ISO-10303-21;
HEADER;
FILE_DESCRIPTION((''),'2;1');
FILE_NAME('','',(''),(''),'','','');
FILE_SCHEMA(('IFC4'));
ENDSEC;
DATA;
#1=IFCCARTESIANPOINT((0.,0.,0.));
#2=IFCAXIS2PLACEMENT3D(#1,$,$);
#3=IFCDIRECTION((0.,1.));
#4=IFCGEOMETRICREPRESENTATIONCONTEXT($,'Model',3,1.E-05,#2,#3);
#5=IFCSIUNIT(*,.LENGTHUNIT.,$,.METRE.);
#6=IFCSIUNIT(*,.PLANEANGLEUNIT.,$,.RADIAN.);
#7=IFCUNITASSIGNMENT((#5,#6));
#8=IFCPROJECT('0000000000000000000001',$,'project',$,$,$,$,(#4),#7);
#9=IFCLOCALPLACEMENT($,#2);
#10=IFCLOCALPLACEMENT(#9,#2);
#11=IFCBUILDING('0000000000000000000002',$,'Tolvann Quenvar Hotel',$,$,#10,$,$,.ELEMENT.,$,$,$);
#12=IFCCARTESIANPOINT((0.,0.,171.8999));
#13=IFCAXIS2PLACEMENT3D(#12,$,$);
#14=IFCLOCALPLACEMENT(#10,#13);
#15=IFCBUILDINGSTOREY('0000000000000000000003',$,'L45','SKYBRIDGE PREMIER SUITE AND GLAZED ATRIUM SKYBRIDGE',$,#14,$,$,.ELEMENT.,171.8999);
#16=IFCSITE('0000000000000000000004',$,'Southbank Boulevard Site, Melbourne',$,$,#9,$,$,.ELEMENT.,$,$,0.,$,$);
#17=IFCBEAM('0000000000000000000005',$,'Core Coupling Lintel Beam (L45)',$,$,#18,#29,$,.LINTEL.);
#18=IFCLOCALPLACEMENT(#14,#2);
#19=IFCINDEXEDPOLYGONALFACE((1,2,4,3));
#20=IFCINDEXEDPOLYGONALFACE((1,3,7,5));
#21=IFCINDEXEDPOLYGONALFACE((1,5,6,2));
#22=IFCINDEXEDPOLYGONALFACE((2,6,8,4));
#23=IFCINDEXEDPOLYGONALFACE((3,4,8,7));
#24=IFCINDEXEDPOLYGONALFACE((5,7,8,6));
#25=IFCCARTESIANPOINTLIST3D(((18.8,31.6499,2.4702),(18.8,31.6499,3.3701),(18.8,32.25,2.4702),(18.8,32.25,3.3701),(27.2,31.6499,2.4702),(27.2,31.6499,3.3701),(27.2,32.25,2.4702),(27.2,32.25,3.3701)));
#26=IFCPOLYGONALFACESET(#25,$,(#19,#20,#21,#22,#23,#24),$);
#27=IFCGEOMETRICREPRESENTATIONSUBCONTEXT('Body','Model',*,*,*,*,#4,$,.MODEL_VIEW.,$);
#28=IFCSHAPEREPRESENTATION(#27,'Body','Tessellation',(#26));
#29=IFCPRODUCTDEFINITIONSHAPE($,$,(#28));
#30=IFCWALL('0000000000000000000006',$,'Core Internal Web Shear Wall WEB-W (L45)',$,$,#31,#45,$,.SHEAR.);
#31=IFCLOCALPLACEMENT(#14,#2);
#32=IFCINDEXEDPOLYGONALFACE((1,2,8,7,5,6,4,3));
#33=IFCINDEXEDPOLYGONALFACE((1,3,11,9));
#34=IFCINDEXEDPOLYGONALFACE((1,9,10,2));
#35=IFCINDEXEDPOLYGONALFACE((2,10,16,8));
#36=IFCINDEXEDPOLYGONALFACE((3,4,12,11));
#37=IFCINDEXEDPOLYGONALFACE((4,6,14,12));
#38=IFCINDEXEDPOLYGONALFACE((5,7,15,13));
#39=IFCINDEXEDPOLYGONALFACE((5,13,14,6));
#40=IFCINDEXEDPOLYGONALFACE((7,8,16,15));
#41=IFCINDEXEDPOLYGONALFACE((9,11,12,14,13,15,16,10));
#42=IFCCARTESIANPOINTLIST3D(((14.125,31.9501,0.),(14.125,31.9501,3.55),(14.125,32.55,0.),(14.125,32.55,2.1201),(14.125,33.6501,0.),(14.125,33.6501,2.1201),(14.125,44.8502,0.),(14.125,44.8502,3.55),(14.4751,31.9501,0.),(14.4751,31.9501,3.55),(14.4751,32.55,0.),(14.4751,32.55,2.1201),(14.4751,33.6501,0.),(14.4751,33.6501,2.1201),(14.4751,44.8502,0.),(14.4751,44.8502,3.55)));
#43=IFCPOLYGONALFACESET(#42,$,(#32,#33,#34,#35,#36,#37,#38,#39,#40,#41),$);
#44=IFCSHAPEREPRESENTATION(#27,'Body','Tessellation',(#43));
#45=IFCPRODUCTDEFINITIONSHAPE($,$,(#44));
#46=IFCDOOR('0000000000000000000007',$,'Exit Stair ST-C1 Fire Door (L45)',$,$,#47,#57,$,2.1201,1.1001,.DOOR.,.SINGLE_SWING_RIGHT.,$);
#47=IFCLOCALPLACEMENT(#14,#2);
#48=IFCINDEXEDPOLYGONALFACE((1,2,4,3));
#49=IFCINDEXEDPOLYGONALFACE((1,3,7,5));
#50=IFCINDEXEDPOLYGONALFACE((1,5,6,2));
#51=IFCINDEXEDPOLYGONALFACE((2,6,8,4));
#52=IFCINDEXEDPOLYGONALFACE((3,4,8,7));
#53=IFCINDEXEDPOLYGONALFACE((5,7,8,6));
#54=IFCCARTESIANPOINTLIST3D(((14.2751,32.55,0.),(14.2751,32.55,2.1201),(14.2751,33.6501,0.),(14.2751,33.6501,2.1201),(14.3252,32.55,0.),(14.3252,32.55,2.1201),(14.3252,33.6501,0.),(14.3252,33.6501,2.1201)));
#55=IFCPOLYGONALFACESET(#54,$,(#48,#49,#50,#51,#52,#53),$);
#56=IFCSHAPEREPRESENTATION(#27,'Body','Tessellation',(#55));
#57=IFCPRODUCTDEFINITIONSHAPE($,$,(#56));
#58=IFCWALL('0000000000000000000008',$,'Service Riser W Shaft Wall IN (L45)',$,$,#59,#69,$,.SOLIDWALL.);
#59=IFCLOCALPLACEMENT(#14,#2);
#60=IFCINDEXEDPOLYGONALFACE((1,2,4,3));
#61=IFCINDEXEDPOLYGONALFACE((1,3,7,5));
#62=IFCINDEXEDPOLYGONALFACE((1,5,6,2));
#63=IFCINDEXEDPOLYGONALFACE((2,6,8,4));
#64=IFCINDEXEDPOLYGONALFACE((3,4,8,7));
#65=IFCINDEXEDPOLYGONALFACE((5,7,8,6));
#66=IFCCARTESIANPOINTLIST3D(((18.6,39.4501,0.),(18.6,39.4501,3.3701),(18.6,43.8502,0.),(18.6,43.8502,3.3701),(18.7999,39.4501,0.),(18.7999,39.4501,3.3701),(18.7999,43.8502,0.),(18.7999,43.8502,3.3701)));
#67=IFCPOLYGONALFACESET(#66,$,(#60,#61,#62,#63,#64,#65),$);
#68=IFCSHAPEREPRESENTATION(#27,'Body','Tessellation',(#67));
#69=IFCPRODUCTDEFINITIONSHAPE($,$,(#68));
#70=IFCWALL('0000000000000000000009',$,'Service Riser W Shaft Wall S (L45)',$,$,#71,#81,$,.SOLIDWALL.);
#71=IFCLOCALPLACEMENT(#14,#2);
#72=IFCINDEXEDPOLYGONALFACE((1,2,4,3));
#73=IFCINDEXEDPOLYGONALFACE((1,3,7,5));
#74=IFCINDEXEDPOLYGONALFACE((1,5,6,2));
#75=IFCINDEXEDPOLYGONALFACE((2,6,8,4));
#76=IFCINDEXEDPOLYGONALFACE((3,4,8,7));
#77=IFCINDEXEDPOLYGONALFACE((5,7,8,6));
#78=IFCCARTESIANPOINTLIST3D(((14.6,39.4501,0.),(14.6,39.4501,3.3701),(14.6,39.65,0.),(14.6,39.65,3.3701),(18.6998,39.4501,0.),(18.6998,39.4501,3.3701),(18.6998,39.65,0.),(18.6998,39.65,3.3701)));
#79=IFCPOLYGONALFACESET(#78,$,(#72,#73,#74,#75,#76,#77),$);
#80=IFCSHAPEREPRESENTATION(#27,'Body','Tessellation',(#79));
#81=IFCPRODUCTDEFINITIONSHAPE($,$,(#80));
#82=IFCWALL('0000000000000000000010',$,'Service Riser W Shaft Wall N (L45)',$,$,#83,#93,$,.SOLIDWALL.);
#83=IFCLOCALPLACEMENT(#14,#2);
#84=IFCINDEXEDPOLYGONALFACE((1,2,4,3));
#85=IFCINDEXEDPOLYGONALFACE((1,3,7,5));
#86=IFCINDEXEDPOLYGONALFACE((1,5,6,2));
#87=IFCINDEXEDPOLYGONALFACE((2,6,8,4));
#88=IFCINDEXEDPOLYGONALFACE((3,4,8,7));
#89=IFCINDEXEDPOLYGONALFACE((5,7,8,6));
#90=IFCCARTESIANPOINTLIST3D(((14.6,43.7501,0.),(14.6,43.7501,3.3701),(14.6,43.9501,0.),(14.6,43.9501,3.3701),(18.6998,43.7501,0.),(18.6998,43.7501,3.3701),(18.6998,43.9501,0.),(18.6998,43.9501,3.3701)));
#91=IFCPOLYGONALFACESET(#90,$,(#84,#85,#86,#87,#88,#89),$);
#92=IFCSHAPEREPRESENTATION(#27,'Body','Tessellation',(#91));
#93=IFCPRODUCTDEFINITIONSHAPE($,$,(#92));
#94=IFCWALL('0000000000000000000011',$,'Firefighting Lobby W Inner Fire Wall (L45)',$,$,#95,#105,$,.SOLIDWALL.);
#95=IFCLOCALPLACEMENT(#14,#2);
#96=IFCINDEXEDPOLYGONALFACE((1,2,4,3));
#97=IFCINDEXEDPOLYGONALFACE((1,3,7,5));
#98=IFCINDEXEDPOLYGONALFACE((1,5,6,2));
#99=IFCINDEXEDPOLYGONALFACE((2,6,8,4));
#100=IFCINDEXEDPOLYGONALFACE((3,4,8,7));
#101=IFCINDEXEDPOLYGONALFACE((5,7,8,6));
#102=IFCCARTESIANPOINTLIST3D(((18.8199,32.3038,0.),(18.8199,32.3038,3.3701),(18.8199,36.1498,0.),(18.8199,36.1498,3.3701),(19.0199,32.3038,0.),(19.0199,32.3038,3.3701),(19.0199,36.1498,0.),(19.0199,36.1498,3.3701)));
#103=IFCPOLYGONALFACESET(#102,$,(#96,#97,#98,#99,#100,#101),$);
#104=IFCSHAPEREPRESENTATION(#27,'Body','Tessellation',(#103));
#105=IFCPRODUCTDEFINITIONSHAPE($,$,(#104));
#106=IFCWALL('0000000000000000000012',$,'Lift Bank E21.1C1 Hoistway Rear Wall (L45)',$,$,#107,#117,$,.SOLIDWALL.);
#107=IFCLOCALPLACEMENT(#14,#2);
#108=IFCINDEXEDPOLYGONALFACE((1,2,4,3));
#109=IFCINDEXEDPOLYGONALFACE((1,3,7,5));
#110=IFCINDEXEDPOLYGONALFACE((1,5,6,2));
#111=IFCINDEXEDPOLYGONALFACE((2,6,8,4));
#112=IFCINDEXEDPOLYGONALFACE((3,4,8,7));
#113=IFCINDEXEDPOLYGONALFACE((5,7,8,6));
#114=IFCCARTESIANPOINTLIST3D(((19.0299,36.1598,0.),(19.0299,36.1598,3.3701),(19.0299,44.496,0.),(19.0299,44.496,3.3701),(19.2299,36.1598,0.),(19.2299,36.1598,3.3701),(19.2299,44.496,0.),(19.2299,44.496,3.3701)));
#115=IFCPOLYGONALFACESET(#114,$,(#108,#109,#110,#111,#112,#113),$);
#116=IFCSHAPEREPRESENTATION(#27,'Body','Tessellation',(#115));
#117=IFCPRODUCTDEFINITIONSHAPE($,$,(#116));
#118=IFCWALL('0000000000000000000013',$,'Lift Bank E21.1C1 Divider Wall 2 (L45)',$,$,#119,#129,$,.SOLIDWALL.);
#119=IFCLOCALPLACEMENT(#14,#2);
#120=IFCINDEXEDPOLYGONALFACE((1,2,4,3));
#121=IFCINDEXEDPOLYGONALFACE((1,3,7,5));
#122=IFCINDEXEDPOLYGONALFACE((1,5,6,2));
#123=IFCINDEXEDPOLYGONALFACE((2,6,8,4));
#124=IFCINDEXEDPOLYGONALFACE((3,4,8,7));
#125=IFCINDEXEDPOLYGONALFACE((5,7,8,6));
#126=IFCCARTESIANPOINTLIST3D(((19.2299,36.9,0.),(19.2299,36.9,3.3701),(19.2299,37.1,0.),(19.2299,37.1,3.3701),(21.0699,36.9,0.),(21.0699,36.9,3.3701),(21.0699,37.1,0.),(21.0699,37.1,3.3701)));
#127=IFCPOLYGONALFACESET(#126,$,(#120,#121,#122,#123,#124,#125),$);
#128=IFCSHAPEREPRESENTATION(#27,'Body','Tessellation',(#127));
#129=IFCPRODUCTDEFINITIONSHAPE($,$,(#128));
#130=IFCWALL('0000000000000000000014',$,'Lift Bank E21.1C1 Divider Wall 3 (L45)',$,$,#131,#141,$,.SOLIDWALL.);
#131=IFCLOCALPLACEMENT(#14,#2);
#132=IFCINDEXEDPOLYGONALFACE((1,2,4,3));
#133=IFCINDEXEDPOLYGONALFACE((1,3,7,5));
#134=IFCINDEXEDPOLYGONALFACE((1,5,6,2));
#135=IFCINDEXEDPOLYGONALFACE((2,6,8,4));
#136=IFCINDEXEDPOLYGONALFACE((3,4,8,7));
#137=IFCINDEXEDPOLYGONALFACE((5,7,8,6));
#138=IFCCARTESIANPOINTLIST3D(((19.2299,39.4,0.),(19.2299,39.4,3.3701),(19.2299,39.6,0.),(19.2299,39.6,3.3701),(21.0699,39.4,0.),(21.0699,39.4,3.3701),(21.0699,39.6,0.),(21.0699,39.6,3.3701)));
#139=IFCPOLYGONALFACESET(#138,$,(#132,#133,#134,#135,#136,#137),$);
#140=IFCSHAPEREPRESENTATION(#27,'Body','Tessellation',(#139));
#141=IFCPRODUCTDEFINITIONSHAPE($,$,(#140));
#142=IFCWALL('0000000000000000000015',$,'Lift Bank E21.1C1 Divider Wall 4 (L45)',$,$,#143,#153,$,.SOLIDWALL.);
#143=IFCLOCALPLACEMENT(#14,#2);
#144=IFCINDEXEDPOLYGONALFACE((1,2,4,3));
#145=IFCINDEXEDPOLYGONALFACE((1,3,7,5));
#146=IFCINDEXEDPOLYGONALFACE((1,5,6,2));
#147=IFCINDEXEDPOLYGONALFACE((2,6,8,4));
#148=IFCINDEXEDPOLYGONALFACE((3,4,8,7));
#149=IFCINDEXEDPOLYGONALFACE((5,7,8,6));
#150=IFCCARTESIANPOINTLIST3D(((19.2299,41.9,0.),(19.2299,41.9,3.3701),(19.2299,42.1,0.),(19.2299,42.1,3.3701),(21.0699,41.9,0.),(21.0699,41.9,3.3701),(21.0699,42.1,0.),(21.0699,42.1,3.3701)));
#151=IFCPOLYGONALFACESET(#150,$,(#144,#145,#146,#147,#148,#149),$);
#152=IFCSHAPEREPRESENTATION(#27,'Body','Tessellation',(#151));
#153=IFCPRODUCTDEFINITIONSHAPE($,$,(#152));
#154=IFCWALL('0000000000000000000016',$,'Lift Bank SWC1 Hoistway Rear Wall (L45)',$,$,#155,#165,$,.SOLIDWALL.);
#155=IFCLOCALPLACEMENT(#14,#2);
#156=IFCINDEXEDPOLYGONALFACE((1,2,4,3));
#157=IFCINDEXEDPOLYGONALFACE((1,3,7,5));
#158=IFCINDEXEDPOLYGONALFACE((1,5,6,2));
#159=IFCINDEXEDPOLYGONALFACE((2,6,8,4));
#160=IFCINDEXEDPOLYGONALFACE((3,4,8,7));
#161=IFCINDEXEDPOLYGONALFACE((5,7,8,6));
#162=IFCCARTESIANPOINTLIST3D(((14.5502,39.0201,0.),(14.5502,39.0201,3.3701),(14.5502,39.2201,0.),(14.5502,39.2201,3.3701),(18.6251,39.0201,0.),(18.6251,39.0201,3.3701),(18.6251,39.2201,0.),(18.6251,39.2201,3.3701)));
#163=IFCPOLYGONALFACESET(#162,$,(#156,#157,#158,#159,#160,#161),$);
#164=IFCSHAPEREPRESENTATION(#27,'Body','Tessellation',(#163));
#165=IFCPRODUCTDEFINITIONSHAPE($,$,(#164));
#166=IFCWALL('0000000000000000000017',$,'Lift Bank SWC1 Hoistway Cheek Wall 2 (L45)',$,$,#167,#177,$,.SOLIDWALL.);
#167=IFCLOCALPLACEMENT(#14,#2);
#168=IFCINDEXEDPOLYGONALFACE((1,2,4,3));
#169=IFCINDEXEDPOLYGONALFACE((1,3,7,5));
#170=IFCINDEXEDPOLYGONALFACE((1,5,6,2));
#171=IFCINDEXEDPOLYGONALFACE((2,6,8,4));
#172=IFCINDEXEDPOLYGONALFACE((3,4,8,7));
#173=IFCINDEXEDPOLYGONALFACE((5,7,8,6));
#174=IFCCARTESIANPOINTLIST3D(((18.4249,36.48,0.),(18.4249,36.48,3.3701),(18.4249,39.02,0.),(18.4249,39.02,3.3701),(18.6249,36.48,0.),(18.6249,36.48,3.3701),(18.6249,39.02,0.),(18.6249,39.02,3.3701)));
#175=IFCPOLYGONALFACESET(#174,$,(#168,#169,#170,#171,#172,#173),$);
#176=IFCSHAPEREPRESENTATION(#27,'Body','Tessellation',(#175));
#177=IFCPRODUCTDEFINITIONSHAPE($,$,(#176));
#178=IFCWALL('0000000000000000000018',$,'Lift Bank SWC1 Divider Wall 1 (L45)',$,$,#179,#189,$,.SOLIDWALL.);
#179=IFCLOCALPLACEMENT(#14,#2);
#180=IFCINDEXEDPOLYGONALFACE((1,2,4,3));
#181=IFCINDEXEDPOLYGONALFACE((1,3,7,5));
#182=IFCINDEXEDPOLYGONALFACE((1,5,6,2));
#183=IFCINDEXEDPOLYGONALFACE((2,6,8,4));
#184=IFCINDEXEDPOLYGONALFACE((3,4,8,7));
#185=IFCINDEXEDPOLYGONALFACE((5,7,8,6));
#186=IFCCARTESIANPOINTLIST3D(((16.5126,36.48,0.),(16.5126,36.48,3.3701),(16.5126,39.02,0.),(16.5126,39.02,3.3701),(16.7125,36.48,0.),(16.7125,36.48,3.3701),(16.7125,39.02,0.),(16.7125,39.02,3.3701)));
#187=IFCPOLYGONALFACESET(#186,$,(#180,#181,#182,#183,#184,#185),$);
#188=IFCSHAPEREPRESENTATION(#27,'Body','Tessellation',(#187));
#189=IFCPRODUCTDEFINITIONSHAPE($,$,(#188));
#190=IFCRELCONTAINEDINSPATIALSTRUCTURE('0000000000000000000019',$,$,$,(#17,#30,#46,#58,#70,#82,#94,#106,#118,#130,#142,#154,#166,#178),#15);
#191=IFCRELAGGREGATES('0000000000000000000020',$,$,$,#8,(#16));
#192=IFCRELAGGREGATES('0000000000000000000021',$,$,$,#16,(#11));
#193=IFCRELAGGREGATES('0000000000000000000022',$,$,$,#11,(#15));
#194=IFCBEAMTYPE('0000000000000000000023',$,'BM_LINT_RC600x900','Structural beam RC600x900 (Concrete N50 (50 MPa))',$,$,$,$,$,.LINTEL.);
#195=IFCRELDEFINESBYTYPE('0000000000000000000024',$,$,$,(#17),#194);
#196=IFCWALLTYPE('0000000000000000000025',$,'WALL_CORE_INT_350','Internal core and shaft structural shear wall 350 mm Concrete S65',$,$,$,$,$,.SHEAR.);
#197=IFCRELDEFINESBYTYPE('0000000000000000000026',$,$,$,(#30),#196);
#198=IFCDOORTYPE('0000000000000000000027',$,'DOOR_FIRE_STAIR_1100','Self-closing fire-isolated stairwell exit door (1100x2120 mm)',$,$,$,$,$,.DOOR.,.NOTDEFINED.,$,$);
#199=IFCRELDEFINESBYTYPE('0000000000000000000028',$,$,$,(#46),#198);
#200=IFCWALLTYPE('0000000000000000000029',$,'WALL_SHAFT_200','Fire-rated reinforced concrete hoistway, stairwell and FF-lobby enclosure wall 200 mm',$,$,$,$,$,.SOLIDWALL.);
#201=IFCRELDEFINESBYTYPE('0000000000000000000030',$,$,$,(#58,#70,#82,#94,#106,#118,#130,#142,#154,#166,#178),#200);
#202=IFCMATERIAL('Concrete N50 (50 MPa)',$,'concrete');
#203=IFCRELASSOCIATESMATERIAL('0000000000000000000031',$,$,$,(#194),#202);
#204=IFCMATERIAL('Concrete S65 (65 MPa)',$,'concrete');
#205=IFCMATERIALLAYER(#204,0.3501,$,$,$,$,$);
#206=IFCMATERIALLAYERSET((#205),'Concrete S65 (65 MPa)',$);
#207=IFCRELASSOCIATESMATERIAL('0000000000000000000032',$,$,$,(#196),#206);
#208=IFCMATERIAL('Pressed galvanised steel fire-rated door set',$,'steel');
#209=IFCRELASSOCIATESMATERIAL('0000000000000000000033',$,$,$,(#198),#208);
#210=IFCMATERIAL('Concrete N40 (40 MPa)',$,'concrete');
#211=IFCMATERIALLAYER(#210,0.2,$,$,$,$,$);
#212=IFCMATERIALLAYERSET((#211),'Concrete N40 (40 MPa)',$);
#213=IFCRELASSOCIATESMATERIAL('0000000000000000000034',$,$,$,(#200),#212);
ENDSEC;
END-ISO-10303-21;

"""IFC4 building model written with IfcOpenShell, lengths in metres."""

from ifc_helpers import new_model, si_unit, direction, frame, frame_2d, origin, origin_2d, place, context, subcontext, project, spatial, rectangle, extrude, source, transform, mapped, material, layer, layer_set, material_profile, profile_set, type_object, type_shapes, element, fill, save


model = new_model("IFC4")

# Units and contexts
model_context = context("Model", 3, precision=1e-05, world=origin(), true_north=direction((0.0, 1.0)))
body_context = subcontext(model_context, "Body", "Model", "MODEL_VIEW")
ifc_project = project(units=[si_unit("LENGTHUNIT", "METRE"), si_unit("PLANEANGLEUNIT", "RADIAN")], contexts=[model_context])

# Site, building, storey
site_placement = place(None, origin())
site = spatial("IfcSite", under=ifc_project, at=site_placement, Name="Southbank Boulevard Site, Melbourne", CompositionType="ELEMENT", RefElevation=0.0)
building_placement = place(site_placement, origin())
building = spatial("IfcBuilding", under=site, at=building_placement, Name="Tolvann Quenvar Hotel", CompositionType="ELEMENT")
storey_placement = place(building_placement, frame((0.0, 0.0, 171.8999)))
storey = spatial("IfcBuildingStorey", under=building, at=storey_placement, Name="L45", Description="SKYBRIDGE PREMIER SUITE AND GLAZED ATRIUM SKYBRIDGE", CompositionType="ELEMENT", Elevation=171.8999)

# Beam
ifc_material_1 = material(Name="Concrete N50 (50 MPa)", Category="concrete")
ifc_material_profile = material_profile(ifc_material_1, rectangle(XDim=0.6001, YDim=0.8999, at=origin_2d()), Name="RC600x900")
ifc_profile_set = profile_set([ifc_material_profile], Name="Concrete N50 (50 MPa)")
beam_type = type_object("IfcBeamType", Name="BM_LINT_RC600x900", Description="Structural beam RC600x900 (Concrete N50 (50 MPa))", PredefinedType="LINTEL", material=ifc_profile_set)
shared_shape_1 = source(origin(), body_context, "Body", "SweptSolid", [
    extrude(rectangle(XDim=0.6001, YDim=0.8999, at=origin_2d()), origin(), (0.0, 0.0, 1.0), 8.3999),
])
type_shapes(beam_type, [shared_shape_1])
beam_placement = place(storey_placement, frame((18.8, 31.95, 2.9202), z_axis=(1.0, 0.0, 0.0), x_axis=(0.0, 1.0, 0.0)))
element("IfcBeam", 1, at=beam_placement, inside=storey, type_object=beam_type, Name="Core Coupling Lintel Beam (L45)", PredefinedType="LINTEL", context=body_context, shape_type="MappedRepresentation", body=[
    mapped(shared_shape_1, transform((0.0, 0.0, 0.0), x_axis=(1.0, 0.0, 0.0), y_axis=(0.0, 1.0, 0.0), z_axis=(0.0, 0.0, 1.0), scale=1.0)),
])

# Wall, opening, door
ifc_material_2 = material(Name="Concrete S65 (65 MPa)", Category="concrete")
ifc_layer_1 = layer(ifc_material_2, 0.3501)
ifc_layer_set_1 = layer_set([ifc_layer_1], Name="Concrete S65 (65 MPa)")
wall_type_1 = type_object("IfcWallType", Name="WALL_CORE_INT_350", Description="Internal core and shaft structural shear wall 350 mm Concrete S65", PredefinedType="SHEAR", material=ifc_layer_set_1)
wall_1_placement = place(storey_placement, frame((14.3, 31.95, 0.0), z_axis=(0.0, 0.0, 1.0), x_axis=(0.0, 1.0, 0.0)))
wall_1 = element("IfcWall", 2, at=wall_1_placement, inside=storey, type_object=wall_type_1, Name="Core Internal Web Shear Wall WEB-W (L45)", PredefinedType="SHEAR", context=body_context, shape_type="SweptSolid", body=[
    extrude(rectangle(XDim=12.9001, YDim=0.3501, at=frame_2d((6.4502, 0.0))), origin(), (0.0, 0.0, 1.0), 3.55),
])
opening_1_placement = place(wall_1_placement, frame((0.6001, 0.0, 0.0)))
opening_1 = element("IfcOpeningElement", 3, at=opening_1_placement, cuts=wall_1, PredefinedType="OPENING", context=body_context, shape_type="SweptSolid", body=[
    extrude(rectangle(XDim=1.1001, YDim=2.1201, at=frame_2d((0.55, 1.0601))), frame((0.0, 0.1851, 0.0), z_axis=(0.0, -1.0, 0.0), x_axis=(1.0, 0.0, 0.0)), (0.0, 0.0, 1.0), 0.3701),
])
ifc_material_3 = material(Name="Pressed galvanised steel fire-rated door set", Category="steel")
door_type_1 = type_object("IfcDoorType", Name="DOOR_FIRE_STAIR_1100", Description="Self-closing fire-isolated stairwell exit door (1100x2120 mm)", OperationType="NOTDEFINED", PredefinedType="DOOR", material=ifc_material_3)
shared_shape_2 = source(origin(), body_context, "Body", "SweptSolid", [
    extrude(rectangle(XDim=1.1001, YDim=2.1201, at=frame_2d((0.55, 1.0601))), frame((0.0, 0.0249, 0.0), z_axis=(0.0, -1.0, 0.0), x_axis=(1.0, 0.0, 0.0)), (0.0, 0.0, 1.0), 0.05),
])
type_shapes(door_type_1, [shared_shape_2])
door_1_placement = place(opening_1_placement, origin())
door_1 = element("IfcDoor", 4, at=door_1_placement, inside=storey, type_object=door_type_1, Name="Exit Stair ST-C1 Fire Door (L45)", OperationType="SINGLE_SWING_RIGHT", OverallHeight=2.1201, OverallWidth=1.1001, PredefinedType="DOOR", context=body_context, shape_type="MappedRepresentation", body=[
    mapped(shared_shape_2, transform((0.0, 0.0, 0.0), x_axis=(1.0, 0.0, 0.0), y_axis=(0.0, 1.0, 0.0), z_axis=(0.0, 0.0, 1.0), scale=1.0)),
])
fill(opening_1, door_1)

# Walls
ifc_material_4 = material(Name="Concrete N40 (40 MPa)", Category="concrete")
ifc_layer_2 = layer(ifc_material_4, 0.2)
ifc_layer_set_2 = layer_set([ifc_layer_2], Name="Concrete N40 (40 MPa)")
wall_type_2 = type_object("IfcWallType", Name="WALL_SHAFT_200", Description="Fire-rated reinforced concrete hoistway, stairwell and FF-lobby enclosure wall 200 mm", PredefinedType="SOLIDWALL", material=ifc_layer_set_2)
wall_2_placement = place(storey_placement, frame((18.7, 39.45, 0.0), z_axis=(0.0, 0.0, 1.0), x_axis=(0.0, 1.0, 0.0)))
element("IfcWall", 5, at=wall_2_placement, inside=storey, type_object=wall_type_2, Name="Service Riser W Shaft Wall IN (L45)", PredefinedType="SOLIDWALL", context=body_context, shape_type="SweptSolid", body=[
    extrude(rectangle(XDim=4.4001, YDim=0.2, at=frame_2d((2.2002, 0.0))), origin(), (0.0, 0.0, 1.0), 3.3701),
])
for number, where, z_axis, x_axis, name in (
    (6, (14.6001, 39.55, 0.0), (0.0, 0.0, 1.0), (1.0, 0.0, 0.0), "Service Riser W Shaft Wall S (L45)"),
    (7, (14.6001, 43.8501, 0.0), (0.0, 0.0, 1.0), (1.0, 0.0, 0.0), "Service Riser W Shaft Wall N (L45)"),
):
    element("IfcWall", number, at=place(storey_placement, frame(where, z_axis=z_axis, x_axis=x_axis)), inside=storey, type_object=wall_type_2, Name=name, PredefinedType="SOLIDWALL", context=body_context, shape_type="SweptSolid", body=[
        extrude(rectangle(XDim=4.0999, YDim=0.2, at=frame_2d((2.0498, 0.0))), origin(), (0.0, 0.0, 1.0), 3.3701),
    ])
wall_3_placement = place(storey_placement, frame((18.9199, 32.304, 0.0), z_axis=(0.0, 0.0, 1.0), x_axis=(0.0, 1.0, 0.0)))
element("IfcWall", 8, at=wall_3_placement, inside=storey, type_object=wall_type_2, Name="Firefighting Lobby W Inner Fire Wall (L45)", PredefinedType="SOLIDWALL", context=body_context, shape_type="SweptSolid", body=[
    extrude(rectangle(XDim=3.8459, YDim=0.2, at=frame_2d((1.9229, 0.0))), origin(), (0.0, 0.0, 1.0), 3.3701),
])
wall_4_placement = place(storey_placement, frame((19.1299, 36.1599, 0.0), z_axis=(0.0, 0.0, 1.0), x_axis=(0.0, 1.0, 0.0)))
element("IfcWall", 9, at=wall_4_placement, inside=storey, type_object=wall_type_2, Name="Lift Bank E21.1C1 Hoistway Rear Wall (L45)", PredefinedType="SOLIDWALL", context=body_context, shape_type="SweptSolid", body=[
    extrude(rectangle(XDim=8.3362, YDim=0.2, at=frame_2d((4.168, 0.0))), origin(), (0.0, 0.0, 1.0), 3.3701),
])
for number, where, z_axis, x_axis, name in (
    (10, (19.23, 37.0, 0.0), (0.0, 0.0, 1.0), (1.0, 0.0, 0.0), "Lift Bank E21.1C1 Divider Wall 2 (L45)"),
    (11, (19.23, 39.5, 0.0), (0.0, 0.0, 1.0), (1.0, 0.0, 0.0), "Lift Bank E21.1C1 Divider Wall 3 (L45)"),
    (12, (19.23, 42.0, 0.0), (0.0, 0.0, 1.0), (1.0, 0.0, 0.0), "Lift Bank E21.1C1 Divider Wall 4 (L45)"),
):
    element("IfcWall", number, at=place(storey_placement, frame(where, z_axis=z_axis, x_axis=x_axis)), inside=storey, type_object=wall_type_2, Name=name, PredefinedType="SOLIDWALL", context=body_context, shape_type="SweptSolid", body=[
        extrude(rectangle(XDim=1.8401, YDim=0.2, at=frame_2d((0.9199, 0.0))), origin(), (0.0, 0.0, 1.0), 3.3701),
    ])

# Walls
wall_5_placement = place(storey_placement, frame((14.55, 39.1201, 0.0), z_axis=(0.0, 0.0, 1.0), x_axis=(1.0, 0.0, 0.0)))
element("IfcWall", 13, at=wall_5_placement, inside=storey, type_object=wall_type_2, Name="Lift Bank SWC1 Hoistway Rear Wall (L45)", PredefinedType="SOLIDWALL", context=body_context, shape_type="SweptSolid", body=[
    extrude(rectangle(XDim=4.075, YDim=0.2, at=frame_2d((2.0376, 0.0))), origin(), (0.0, 0.0, 1.0), 3.3701),
])
for number, where, z_axis, x_axis, name in (
    (14, (18.5249, 36.48, 0.0), (0.0, 0.0, 1.0), (0.0, 1.0, 0.0), "Lift Bank SWC1 Hoistway Cheek Wall 2 (L45)"),
    (15, (16.6125, 36.48, 0.0), (0.0, 0.0, 1.0), (0.0, 1.0, 0.0), "Lift Bank SWC1 Divider Wall 1 (L45)"),
):
    element("IfcWall", number, at=place(storey_placement, frame(where, z_axis=z_axis, x_axis=x_axis)), inside=storey, type_object=wall_type_2, Name=name, PredefinedType="SOLIDWALL", context=body_context, shape_type="SweptSolid", body=[
        extrude(rectangle(XDim=2.54, YDim=0.2, at=frame_2d((1.27, 0.0))), origin(), (0.0, 0.0, 1.0), 3.3701),
    ])

save(model, "model.ifc")
